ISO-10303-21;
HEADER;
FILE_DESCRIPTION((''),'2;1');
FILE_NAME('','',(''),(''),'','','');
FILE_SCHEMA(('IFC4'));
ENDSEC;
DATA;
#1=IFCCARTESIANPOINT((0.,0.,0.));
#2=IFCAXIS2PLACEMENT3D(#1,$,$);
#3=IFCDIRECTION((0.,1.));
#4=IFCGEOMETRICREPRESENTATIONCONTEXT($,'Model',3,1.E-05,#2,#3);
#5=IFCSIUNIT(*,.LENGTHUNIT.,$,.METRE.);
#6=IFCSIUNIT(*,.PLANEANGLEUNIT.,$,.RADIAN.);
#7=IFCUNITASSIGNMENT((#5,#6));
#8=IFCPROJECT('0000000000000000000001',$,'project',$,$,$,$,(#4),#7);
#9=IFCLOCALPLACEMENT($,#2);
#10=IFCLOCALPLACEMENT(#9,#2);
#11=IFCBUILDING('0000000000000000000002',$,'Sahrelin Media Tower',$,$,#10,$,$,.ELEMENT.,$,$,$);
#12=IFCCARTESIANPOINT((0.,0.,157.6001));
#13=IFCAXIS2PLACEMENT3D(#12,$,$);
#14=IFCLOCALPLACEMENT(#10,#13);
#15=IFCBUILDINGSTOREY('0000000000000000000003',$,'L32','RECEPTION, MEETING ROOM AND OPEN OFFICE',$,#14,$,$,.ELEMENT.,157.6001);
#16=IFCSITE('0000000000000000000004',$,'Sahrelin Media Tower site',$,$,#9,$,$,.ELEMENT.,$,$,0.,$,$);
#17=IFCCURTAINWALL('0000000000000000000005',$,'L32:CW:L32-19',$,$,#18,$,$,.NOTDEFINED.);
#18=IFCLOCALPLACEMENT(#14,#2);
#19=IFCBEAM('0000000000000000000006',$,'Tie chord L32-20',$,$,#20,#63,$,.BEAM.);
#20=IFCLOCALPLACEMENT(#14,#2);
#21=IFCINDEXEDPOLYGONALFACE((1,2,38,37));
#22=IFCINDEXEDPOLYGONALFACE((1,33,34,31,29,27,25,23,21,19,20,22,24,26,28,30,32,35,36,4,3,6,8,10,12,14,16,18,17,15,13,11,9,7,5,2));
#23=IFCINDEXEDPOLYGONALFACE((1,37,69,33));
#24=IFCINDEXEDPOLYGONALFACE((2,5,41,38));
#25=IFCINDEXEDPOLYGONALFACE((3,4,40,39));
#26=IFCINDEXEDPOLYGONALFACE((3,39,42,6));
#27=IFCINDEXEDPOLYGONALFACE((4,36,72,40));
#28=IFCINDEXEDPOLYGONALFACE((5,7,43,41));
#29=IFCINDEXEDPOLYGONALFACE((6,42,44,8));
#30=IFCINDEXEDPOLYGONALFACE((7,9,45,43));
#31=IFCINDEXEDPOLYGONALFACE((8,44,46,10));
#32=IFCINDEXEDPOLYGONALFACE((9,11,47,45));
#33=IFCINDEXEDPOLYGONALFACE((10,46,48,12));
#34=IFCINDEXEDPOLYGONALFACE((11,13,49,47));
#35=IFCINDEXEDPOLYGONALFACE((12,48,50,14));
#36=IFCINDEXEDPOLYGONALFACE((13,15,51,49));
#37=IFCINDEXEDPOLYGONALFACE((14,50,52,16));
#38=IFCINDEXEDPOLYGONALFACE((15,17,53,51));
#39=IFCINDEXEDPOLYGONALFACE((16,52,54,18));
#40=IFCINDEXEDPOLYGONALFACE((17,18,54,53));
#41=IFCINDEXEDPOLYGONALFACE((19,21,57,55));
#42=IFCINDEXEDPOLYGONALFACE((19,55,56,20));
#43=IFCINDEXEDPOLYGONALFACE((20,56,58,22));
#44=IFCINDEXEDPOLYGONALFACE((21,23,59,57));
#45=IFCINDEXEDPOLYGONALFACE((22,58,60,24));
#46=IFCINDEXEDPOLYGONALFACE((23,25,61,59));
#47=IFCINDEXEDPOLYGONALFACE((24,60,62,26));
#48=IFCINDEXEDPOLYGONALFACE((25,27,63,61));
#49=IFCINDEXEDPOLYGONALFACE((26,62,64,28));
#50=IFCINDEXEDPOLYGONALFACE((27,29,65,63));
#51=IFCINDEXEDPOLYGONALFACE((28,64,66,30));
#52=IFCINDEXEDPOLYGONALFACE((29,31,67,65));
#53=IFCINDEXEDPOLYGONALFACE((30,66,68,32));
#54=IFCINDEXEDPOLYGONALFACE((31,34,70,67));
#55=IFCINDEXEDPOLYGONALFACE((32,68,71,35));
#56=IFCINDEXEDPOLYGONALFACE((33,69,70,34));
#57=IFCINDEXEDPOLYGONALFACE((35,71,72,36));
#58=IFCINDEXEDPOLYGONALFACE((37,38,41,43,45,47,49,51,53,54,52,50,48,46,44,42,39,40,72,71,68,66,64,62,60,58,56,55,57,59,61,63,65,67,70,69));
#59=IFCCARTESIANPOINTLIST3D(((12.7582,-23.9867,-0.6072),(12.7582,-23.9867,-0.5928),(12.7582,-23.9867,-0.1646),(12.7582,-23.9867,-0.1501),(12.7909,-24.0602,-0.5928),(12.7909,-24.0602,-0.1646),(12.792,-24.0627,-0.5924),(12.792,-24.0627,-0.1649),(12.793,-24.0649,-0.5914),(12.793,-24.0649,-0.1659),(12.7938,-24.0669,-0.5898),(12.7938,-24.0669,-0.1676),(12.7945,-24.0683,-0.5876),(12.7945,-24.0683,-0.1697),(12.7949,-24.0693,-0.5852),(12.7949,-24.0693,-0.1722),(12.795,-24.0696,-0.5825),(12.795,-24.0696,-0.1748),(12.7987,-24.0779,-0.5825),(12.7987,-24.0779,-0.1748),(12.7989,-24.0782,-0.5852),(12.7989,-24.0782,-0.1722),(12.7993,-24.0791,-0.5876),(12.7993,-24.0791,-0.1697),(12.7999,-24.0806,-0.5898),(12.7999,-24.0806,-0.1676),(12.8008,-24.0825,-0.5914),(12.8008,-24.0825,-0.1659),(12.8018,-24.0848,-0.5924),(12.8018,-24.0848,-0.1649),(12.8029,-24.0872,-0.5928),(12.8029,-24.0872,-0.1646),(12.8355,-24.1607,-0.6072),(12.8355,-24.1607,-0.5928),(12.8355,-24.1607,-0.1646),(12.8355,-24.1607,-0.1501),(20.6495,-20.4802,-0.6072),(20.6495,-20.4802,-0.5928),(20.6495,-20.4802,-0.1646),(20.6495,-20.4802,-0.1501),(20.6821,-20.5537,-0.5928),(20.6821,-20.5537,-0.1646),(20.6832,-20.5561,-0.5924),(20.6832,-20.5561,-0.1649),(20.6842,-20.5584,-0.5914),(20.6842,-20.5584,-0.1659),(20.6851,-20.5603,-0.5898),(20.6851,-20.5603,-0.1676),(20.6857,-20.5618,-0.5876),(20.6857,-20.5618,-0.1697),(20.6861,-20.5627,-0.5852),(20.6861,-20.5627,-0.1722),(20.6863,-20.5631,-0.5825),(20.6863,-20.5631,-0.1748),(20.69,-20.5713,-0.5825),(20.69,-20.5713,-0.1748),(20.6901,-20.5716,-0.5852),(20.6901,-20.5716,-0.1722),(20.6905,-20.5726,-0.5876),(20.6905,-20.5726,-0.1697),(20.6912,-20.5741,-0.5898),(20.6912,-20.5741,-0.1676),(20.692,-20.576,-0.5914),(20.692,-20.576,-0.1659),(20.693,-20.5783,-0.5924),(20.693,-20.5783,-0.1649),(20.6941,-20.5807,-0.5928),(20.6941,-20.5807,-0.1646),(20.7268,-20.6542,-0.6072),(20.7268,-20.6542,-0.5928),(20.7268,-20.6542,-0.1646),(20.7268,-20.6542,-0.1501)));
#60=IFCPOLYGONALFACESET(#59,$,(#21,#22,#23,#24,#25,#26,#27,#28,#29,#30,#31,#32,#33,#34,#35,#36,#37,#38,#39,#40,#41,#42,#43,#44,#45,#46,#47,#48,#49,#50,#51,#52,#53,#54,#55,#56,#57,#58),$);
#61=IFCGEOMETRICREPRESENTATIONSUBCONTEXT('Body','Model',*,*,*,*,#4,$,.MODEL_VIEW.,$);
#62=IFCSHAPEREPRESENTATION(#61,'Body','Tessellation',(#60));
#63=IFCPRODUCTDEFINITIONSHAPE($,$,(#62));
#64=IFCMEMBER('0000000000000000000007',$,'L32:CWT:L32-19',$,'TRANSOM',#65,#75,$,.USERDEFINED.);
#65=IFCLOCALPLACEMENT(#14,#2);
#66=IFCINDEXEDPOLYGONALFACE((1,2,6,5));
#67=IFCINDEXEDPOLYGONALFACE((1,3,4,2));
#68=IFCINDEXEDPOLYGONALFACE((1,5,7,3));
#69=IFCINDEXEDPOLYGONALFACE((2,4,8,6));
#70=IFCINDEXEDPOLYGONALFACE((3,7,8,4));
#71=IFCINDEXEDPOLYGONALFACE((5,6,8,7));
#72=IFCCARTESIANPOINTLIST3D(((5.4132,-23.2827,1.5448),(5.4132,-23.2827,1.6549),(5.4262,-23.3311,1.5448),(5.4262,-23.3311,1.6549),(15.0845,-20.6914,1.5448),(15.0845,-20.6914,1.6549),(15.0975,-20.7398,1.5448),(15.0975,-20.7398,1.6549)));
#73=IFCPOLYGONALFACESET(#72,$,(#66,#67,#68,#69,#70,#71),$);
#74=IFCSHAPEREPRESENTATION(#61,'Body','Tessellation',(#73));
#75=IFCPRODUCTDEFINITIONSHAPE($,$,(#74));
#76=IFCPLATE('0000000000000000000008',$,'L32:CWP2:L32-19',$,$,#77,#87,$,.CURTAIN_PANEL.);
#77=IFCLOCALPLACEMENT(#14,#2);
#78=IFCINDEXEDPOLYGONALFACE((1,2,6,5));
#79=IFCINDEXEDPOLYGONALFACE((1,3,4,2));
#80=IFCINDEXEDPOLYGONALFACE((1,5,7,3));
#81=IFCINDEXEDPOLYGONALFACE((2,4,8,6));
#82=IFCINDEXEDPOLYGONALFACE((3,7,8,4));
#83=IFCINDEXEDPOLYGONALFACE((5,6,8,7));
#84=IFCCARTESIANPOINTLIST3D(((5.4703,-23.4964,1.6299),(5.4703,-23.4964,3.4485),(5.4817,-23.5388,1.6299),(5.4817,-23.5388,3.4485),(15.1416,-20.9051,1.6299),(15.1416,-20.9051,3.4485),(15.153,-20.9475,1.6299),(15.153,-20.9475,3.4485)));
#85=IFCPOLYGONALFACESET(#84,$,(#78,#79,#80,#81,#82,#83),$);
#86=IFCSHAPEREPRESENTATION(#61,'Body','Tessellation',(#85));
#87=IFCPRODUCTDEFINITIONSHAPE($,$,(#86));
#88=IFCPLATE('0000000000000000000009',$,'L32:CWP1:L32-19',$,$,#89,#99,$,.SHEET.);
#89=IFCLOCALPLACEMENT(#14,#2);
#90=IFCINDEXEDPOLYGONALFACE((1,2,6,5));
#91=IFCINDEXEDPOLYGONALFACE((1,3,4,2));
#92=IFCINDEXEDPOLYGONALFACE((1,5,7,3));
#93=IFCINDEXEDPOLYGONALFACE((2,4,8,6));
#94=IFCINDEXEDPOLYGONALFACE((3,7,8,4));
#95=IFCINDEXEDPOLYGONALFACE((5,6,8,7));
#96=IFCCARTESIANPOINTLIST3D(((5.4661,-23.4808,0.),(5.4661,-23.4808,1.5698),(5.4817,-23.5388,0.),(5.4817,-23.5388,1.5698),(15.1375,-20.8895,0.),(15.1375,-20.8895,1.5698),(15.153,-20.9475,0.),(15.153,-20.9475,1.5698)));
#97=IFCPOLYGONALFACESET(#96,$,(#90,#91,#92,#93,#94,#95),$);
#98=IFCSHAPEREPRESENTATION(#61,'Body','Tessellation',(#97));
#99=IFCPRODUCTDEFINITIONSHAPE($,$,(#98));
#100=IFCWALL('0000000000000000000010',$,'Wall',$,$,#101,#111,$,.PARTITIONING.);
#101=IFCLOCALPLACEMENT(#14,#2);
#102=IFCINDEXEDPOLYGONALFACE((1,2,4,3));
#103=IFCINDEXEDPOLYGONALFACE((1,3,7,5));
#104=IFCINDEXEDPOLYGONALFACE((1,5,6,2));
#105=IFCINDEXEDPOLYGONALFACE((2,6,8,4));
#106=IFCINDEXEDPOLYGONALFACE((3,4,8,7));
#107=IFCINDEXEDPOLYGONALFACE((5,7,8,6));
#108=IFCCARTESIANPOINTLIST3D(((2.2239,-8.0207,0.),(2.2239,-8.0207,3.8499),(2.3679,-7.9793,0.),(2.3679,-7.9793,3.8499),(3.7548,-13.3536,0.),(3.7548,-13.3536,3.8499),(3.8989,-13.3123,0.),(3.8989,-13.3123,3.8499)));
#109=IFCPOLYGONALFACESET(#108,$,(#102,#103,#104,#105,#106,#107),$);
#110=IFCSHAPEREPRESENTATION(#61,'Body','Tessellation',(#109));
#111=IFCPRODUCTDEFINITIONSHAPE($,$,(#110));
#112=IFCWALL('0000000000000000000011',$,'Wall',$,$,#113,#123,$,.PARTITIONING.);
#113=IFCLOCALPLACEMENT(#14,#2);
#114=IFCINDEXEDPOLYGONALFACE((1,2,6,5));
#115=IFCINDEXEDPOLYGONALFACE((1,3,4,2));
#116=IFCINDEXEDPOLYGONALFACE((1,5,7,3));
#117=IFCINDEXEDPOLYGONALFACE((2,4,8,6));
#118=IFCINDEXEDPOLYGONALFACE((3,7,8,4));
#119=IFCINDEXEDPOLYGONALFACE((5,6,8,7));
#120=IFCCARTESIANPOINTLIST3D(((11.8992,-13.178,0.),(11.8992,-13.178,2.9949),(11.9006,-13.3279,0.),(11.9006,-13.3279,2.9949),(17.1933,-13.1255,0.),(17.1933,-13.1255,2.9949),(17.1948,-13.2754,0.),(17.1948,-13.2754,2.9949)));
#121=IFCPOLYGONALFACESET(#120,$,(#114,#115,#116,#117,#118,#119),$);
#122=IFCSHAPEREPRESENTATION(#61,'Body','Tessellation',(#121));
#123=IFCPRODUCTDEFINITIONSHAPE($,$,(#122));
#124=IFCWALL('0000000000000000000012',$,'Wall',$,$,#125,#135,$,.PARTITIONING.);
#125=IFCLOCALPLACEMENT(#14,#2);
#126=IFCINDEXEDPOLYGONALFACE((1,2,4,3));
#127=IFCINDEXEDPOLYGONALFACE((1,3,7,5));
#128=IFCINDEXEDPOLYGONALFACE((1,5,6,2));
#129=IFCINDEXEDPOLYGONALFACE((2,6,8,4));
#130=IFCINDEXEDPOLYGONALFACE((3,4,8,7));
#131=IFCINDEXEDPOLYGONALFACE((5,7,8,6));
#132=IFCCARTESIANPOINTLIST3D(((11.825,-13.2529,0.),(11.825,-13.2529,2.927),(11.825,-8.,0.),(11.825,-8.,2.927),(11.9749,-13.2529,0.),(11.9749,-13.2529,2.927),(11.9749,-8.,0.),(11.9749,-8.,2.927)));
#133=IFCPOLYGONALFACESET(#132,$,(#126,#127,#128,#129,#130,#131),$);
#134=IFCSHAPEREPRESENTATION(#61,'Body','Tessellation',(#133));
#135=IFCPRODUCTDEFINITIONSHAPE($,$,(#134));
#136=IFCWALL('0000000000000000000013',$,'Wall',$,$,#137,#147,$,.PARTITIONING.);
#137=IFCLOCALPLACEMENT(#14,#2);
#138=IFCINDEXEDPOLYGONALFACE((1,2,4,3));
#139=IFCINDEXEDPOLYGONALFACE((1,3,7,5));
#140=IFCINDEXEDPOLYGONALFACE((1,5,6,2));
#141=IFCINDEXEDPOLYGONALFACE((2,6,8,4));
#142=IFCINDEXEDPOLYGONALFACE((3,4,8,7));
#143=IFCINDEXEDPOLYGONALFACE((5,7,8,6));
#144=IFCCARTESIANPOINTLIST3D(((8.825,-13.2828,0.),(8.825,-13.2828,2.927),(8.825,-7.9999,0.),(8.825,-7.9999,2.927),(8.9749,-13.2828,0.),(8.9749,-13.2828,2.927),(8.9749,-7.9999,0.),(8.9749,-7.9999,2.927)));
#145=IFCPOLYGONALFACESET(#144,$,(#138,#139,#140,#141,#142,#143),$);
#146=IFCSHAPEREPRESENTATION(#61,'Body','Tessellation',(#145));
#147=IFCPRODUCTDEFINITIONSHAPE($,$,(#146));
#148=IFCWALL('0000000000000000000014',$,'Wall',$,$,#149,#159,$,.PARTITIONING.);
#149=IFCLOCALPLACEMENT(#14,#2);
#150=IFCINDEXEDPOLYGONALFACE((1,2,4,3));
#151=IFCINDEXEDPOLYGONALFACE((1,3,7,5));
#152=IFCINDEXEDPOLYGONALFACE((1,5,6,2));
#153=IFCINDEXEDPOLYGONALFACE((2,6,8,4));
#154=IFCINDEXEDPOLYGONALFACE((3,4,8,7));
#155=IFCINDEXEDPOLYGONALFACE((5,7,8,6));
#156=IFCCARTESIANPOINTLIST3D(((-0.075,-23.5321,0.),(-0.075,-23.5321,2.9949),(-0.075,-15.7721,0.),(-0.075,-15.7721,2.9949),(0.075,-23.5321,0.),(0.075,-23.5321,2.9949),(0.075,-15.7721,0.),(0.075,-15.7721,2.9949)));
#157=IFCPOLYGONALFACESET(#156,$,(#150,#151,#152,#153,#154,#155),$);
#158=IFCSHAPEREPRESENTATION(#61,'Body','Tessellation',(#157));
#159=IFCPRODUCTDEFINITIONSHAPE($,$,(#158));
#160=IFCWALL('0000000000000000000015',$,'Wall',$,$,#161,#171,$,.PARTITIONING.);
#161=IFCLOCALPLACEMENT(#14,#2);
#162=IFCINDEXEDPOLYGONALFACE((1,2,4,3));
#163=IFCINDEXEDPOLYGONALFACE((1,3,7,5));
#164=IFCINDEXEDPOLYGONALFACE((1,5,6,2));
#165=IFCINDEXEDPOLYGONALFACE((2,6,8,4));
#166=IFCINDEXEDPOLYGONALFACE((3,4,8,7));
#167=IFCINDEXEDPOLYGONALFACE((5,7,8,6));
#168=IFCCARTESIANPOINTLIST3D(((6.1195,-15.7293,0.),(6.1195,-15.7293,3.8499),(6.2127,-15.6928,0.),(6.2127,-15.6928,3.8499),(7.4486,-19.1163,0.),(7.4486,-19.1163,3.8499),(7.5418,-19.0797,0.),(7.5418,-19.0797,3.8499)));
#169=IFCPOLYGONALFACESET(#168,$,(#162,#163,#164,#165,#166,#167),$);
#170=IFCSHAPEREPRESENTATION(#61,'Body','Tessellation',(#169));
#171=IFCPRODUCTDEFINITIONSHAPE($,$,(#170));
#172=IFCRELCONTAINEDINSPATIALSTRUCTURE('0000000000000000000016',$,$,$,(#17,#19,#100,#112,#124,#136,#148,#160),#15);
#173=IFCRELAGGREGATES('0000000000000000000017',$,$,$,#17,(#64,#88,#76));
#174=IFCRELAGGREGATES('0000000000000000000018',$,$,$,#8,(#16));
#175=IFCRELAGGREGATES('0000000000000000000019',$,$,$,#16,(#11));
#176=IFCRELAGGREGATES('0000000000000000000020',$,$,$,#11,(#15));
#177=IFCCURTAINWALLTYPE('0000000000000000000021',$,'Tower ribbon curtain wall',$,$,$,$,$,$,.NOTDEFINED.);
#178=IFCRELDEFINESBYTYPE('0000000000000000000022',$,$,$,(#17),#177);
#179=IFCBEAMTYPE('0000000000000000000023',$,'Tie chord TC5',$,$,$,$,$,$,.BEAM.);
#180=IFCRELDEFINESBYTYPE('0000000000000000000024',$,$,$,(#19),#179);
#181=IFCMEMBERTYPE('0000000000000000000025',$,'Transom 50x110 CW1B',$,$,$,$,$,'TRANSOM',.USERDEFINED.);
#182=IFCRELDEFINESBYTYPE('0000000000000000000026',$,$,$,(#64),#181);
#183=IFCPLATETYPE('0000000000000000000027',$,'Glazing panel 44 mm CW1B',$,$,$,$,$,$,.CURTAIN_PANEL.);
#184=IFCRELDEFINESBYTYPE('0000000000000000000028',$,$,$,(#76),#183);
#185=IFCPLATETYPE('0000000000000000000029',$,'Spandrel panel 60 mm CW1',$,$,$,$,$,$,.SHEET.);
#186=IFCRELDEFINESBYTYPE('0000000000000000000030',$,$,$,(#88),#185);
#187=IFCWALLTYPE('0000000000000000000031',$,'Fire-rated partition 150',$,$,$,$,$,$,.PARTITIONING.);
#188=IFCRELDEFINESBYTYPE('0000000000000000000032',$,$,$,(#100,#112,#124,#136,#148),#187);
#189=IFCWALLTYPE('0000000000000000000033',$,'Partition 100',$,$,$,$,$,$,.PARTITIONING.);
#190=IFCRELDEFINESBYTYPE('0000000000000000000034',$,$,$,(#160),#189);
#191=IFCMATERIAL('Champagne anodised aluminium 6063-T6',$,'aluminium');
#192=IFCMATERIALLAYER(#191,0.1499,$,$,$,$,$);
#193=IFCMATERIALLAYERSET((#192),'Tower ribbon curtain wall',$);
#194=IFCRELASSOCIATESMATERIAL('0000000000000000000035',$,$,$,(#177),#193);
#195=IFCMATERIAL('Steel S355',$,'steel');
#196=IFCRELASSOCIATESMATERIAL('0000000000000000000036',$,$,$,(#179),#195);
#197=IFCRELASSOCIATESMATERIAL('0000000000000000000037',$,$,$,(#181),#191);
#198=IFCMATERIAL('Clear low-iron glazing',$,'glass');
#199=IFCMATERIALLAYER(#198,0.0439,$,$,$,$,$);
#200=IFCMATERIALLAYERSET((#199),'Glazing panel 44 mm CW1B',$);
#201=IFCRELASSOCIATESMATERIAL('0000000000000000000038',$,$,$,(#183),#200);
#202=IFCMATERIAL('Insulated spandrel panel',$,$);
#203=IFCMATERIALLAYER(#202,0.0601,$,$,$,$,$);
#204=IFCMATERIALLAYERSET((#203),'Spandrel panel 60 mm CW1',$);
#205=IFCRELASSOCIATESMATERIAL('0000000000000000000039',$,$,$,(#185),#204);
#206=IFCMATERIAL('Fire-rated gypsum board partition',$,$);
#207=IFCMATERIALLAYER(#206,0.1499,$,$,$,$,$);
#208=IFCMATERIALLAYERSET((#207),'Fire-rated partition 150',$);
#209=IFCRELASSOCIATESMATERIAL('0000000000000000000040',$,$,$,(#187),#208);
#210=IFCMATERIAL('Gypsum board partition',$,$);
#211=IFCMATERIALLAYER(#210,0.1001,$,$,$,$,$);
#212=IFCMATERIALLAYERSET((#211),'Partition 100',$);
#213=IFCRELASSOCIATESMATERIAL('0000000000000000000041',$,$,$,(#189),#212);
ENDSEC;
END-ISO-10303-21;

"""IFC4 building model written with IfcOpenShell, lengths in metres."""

from ifc_helpers import new_model, si_unit, direction, frame, frame_2d, origin, origin_2d, place, context, subcontext, project, spatial, polyline, rectangle, i_section, outline, extrude, material, layer, layer_set, material_profile, profile_set, type_object, element, aggregate, save


model = new_model("IFC4")

# Units and contexts
model_context = context("Model", 3, precision=1e-05, world=origin(), true_north=direction((0.0, 1.0)))
body_context = subcontext(model_context, "Body", "Model", "MODEL_VIEW")
ifc_project = project(units=[si_unit("LENGTHUNIT", "METRE"), si_unit("PLANEANGLEUNIT", "RADIAN")], contexts=[model_context])

# Site, building, storey
site_placement = place(None, origin())
site = spatial("IfcSite", under=ifc_project, at=site_placement, Name="Sahrelin Media Tower site", CompositionType="ELEMENT", RefElevation=0.0)
building_placement = place(site_placement, origin())
building = spatial("IfcBuilding", under=site, at=building_placement, Name="Sahrelin Media Tower", CompositionType="ELEMENT")
storey_placement = place(building_placement, frame((0.0, 0.0, 157.6001)))
storey = spatial("IfcBuildingStorey", under=building, at=storey_placement, Name="L32", Description="RECEPTION, MEETING ROOM AND OPEN OFFICE", CompositionType="ELEMENT", Elevation=157.6001)

# Shared definitions
ifc_material_1 = material(Name="Steel S355", Category="steel")

# Curtain wall
ifc_material_2 = material(Name="Champagne anodised aluminium 6063-T6", Category="aluminium")
ifc_layer_1 = layer(ifc_material_2, 0.1499)
ifc_layer_set_1 = layer_set([ifc_layer_1], Name="Tower ribbon curtain wall")
curtain_wall_type = type_object("IfcCurtainWallType", Name="Tower ribbon curtain wall", PredefinedType="NOTDEFINED", material=ifc_layer_set_1)
curtain_wall_1_placement = place(storey_placement, frame((10.3123, -22.2236, 0.0), z_axis=(0.0, 0.0, 1.0), x_axis=(1.0, 0.0, 0.0)))
curtain_wall_1 = element("IfcCurtainWall", 1, at=curtain_wall_1_placement, inside=storey, type_object=curtain_wall_type, Name="L32:CW:L32-19", PredefinedType="NOTDEFINED")

# Beam
ifc_material_profile_1 = material_profile(ifc_material_1, i_section(OverallWidth=0.1904, OverallDepth=0.457, WebThickness=0.009, FlangeThickness=0.0144, FilletRadius=0.0103, at=origin_2d()), Name="UB 457x191x74")
ifc_profile_set_1 = profile_set([ifc_material_profile_1], Name="Steel S355")
beam_type_1 = type_object("IfcBeamType", Name="Tie chord TC5", PredefinedType="BEAM", material=ifc_profile_set_1)
beam_1_placement = place(storey_placement, frame((12.7969, -24.0737, -0.3787), z_axis=(0.913841, 0.406073, 0.0), x_axis=(-0.406073, 0.913841, 0.0)))
element("IfcBeam", 2, at=beam_1_placement, inside=storey, type_object=beam_type_1, Name="Tie chord L32-20", PredefinedType="BEAM", context=body_context, shape_type="SweptSolid", body=[
    extrude(i_section(OverallWidth=0.1904, OverallDepth=0.457, WebThickness=0.009, FlangeThickness=0.0144, FilletRadius=0.0103, at=origin_2d()), origin(), (0.0, 0.0, 1.0), 8.6353),
])

# Member
ifc_material_profile_2 = material_profile(ifc_material_2, rectangle(XDim=0.05, YDim=0.1101, at=origin_2d()), Name="Transom 50x110")
ifc_profile_set_2 = profile_set([ifc_material_profile_2], Name="Champagne anodised aluminium 6063-T6")
member_type_1 = type_object("IfcMemberType", Name="Transom 50x110 CW1B", ElementType="TRANSOM", PredefinedType="USERDEFINED", material=ifc_profile_set_2)
member_1_placement = place(storey_placement, frame((5.4197, -23.3069, 1.5999), z_axis=(0.965929, 0.258807, 0.0), x_axis=(-0.258807, 0.965929, 0.0)))
member_1 = element("IfcMember", 3, at=member_1_placement, type_object=member_type_1, Name="L32:CWT:L32-19", ObjectType="TRANSOM", PredefinedType="USERDEFINED", context=body_context, shape_type="SweptSolid", body=[
    extrude(rectangle(XDim=0.05, YDim=0.1101, at=origin_2d()), origin(), (0.0, 0.0, 1.0), 10.0125),
])

# Plates
ifc_material_3 = material(Name="Clear low-iron glazing", Category="glass")
ifc_layer_2 = layer(ifc_material_3, 0.0439)
ifc_layer_set_2 = layer_set([ifc_layer_2], Name="Glazing panel 44 mm CW1B")
plate_type_1 = type_object("IfcPlateType", Name="Glazing panel 44 mm CW1B", PredefinedType="CURTAIN_PANEL", material=ifc_layer_set_2)
plate_1_placement = place(storey_placement, frame((5.4817, -23.5388, 1.6299), z_axis=(0.258807, -0.965929, 0.0), x_axis=(0.965929, 0.258807, 0.0)))
plate_1 = element("IfcPlate", 4, at=plate_1_placement, type_object=plate_type_1, Name="L32:CWP2:L32-19", PredefinedType="CURTAIN_PANEL", context=body_context, shape_type="SweptSolid", body=[
    extrude(outline(polyline([(0.0, 0.0), (10.0125, 0.0), (10.0125, 1.8186), (0.0, 1.8186), (0.0, 0.0)])), origin(), (0.0, 0.0, -1.0), 0.0439),
])
ifc_material_4 = material(Name="Insulated spandrel panel")
ifc_layer_3 = layer(ifc_material_4, 0.0601)
ifc_layer_set_3 = layer_set([ifc_layer_3], Name="Spandrel panel 60 mm CW1")
plate_type_2 = type_object("IfcPlateType", Name="Spandrel panel 60 mm CW1", PredefinedType="SHEET", material=ifc_layer_set_3)
plate_2_placement = place(storey_placement, frame((5.4817, -23.5388, 0.0), z_axis=(0.258807, -0.965929, 0.0), x_axis=(0.965929, 0.258807, 0.0)))
plate_2 = element("IfcPlate", 5, at=plate_2_placement, type_object=plate_type_2, Name="L32:CWP1:L32-19", PredefinedType="SHEET", context=body_context, shape_type="SweptSolid", body=[
    extrude(outline(polyline([(0.0, 0.0), (10.0125, 0.0), (10.0125, 1.5698), (0.0, 1.5698), (0.0, 0.0)])), origin(), (0.0, 0.0, -1.0), 0.0601),
])
aggregate(curtain_wall_1, [member_1, plate_2, plate_1])

# Walls
ifc_material_5 = material(Name="Fire-rated gypsum board partition")
ifc_layer_4 = layer(ifc_material_5, 0.1499)
ifc_layer_set_4 = layer_set([ifc_layer_4], Name="Fire-rated partition 150")
wall_type_1 = type_object("IfcWallType", Name="Fire-rated partition 150", PredefinedType="PARTITIONING", material=ifc_layer_set_4)
wall_1_placement = place(storey_placement, frame((2.2959, -8.0, 0.0), z_axis=(0.0, 0.0, 1.0), x_axis=(0.275936, -0.961176, 0.0)))
element("IfcWall", 6, at=wall_1_placement, inside=storey, type_object=wall_type_1, Name="Wall", PredefinedType="PARTITIONING", context=body_context, shape_type="SweptSolid", body=[
    extrude(rectangle(XDim=5.5483, YDim=0.1499, at=frame_2d((2.7742, 0.0))), origin(), (0.0, 0.0, 1.0), 3.8499),
])
wall_2_placement = place(storey_placement, frame((11.8999, -13.2529, 0.0), z_axis=(0.0, 0.0, 1.0), x_axis=(0.999951, 0.009914, 0.0)))
element("IfcWall", 7, at=wall_2_placement, inside=storey, type_object=wall_type_1, Name="Wall", PredefinedType="PARTITIONING", context=body_context, shape_type="SweptSolid", body=[
    extrude(rectangle(XDim=5.2944, YDim=0.1499, at=frame_2d((2.6472, 0.0))), origin(), (0.0, 0.0, 1.0), 2.9949),
])
wall_3_placement = place(storey_placement, frame((11.8999, -13.2529, 0.0), z_axis=(0.0, 0.0, 1.0), x_axis=(0.0, 1.0, 0.0)))
element("IfcWall", 8, at=wall_3_placement, inside=storey, type_object=wall_type_1, Name="Wall", PredefinedType="PARTITIONING", context=body_context, shape_type="SweptSolid", body=[
    extrude(rectangle(XDim=5.2529, YDim=0.1499, at=frame_2d((2.6265, 0.0))), origin(), (0.0, 0.0, 1.0), 2.927),
])
wall_4_placement = place(storey_placement, frame((8.8999, -13.283, 0.0), z_axis=(0.0, 0.0, 1.0), x_axis=(0.0, 1.0, 0.0)))
element("IfcWall", 9, at=wall_4_placement, inside=storey, type_object=wall_type_1, Name="Wall", PredefinedType="PARTITIONING", context=body_context, shape_type="SweptSolid", body=[
    extrude(rectangle(XDim=5.283, YDim=0.1499, at=frame_2d((2.6416, 0.0))), origin(), (0.0, 0.0, 1.0), 2.927),
])
wall_5_placement = place(storey_placement, frame((0.0, -23.532, 0.0), z_axis=(0.0, 0.0, 1.0), x_axis=(0.0, 1.0, 0.0)))
element("IfcWall", 10, at=wall_5_placement, inside=storey, type_object=wall_type_1, Name="Wall", PredefinedType="PARTITIONING", context=body_context, shape_type="SweptSolid", body=[
    extrude(rectangle(XDim=7.76, YDim=0.1499, at=frame_2d((3.8799, 0.0))), origin(), (0.0, 0.0, 1.0), 2.9949),
])
ifc_material_6 = material(Name="Gypsum board partition")
ifc_layer_5 = layer(ifc_material_6, 0.1001)
ifc_layer_set_5 = layer_set([ifc_layer_5], Name="Partition 100")
wall_type_2 = type_object("IfcWallType", Name="Partition 100", PredefinedType="PARTITIONING", material=ifc_layer_set_5)
wall_6_placement = place(storey_placement, frame((6.166, -15.7109, 0.0), z_axis=(0.0, 0.0, 1.0), x_axis=(0.365297, -0.930891, 0.0)))
element("IfcWall", 11, at=wall_6_placement, inside=storey, type_object=wall_type_2, Name="Wall", PredefinedType="PARTITIONING", context=body_context, shape_type="SweptSolid", body=[
    extrude(rectangle(XDim=3.6384, YDim=0.1001, at=frame_2d((1.8193, 0.0))), origin(), (0.0, 0.0, 1.0), 3.8499),
])

save(model, "model.ifc")
